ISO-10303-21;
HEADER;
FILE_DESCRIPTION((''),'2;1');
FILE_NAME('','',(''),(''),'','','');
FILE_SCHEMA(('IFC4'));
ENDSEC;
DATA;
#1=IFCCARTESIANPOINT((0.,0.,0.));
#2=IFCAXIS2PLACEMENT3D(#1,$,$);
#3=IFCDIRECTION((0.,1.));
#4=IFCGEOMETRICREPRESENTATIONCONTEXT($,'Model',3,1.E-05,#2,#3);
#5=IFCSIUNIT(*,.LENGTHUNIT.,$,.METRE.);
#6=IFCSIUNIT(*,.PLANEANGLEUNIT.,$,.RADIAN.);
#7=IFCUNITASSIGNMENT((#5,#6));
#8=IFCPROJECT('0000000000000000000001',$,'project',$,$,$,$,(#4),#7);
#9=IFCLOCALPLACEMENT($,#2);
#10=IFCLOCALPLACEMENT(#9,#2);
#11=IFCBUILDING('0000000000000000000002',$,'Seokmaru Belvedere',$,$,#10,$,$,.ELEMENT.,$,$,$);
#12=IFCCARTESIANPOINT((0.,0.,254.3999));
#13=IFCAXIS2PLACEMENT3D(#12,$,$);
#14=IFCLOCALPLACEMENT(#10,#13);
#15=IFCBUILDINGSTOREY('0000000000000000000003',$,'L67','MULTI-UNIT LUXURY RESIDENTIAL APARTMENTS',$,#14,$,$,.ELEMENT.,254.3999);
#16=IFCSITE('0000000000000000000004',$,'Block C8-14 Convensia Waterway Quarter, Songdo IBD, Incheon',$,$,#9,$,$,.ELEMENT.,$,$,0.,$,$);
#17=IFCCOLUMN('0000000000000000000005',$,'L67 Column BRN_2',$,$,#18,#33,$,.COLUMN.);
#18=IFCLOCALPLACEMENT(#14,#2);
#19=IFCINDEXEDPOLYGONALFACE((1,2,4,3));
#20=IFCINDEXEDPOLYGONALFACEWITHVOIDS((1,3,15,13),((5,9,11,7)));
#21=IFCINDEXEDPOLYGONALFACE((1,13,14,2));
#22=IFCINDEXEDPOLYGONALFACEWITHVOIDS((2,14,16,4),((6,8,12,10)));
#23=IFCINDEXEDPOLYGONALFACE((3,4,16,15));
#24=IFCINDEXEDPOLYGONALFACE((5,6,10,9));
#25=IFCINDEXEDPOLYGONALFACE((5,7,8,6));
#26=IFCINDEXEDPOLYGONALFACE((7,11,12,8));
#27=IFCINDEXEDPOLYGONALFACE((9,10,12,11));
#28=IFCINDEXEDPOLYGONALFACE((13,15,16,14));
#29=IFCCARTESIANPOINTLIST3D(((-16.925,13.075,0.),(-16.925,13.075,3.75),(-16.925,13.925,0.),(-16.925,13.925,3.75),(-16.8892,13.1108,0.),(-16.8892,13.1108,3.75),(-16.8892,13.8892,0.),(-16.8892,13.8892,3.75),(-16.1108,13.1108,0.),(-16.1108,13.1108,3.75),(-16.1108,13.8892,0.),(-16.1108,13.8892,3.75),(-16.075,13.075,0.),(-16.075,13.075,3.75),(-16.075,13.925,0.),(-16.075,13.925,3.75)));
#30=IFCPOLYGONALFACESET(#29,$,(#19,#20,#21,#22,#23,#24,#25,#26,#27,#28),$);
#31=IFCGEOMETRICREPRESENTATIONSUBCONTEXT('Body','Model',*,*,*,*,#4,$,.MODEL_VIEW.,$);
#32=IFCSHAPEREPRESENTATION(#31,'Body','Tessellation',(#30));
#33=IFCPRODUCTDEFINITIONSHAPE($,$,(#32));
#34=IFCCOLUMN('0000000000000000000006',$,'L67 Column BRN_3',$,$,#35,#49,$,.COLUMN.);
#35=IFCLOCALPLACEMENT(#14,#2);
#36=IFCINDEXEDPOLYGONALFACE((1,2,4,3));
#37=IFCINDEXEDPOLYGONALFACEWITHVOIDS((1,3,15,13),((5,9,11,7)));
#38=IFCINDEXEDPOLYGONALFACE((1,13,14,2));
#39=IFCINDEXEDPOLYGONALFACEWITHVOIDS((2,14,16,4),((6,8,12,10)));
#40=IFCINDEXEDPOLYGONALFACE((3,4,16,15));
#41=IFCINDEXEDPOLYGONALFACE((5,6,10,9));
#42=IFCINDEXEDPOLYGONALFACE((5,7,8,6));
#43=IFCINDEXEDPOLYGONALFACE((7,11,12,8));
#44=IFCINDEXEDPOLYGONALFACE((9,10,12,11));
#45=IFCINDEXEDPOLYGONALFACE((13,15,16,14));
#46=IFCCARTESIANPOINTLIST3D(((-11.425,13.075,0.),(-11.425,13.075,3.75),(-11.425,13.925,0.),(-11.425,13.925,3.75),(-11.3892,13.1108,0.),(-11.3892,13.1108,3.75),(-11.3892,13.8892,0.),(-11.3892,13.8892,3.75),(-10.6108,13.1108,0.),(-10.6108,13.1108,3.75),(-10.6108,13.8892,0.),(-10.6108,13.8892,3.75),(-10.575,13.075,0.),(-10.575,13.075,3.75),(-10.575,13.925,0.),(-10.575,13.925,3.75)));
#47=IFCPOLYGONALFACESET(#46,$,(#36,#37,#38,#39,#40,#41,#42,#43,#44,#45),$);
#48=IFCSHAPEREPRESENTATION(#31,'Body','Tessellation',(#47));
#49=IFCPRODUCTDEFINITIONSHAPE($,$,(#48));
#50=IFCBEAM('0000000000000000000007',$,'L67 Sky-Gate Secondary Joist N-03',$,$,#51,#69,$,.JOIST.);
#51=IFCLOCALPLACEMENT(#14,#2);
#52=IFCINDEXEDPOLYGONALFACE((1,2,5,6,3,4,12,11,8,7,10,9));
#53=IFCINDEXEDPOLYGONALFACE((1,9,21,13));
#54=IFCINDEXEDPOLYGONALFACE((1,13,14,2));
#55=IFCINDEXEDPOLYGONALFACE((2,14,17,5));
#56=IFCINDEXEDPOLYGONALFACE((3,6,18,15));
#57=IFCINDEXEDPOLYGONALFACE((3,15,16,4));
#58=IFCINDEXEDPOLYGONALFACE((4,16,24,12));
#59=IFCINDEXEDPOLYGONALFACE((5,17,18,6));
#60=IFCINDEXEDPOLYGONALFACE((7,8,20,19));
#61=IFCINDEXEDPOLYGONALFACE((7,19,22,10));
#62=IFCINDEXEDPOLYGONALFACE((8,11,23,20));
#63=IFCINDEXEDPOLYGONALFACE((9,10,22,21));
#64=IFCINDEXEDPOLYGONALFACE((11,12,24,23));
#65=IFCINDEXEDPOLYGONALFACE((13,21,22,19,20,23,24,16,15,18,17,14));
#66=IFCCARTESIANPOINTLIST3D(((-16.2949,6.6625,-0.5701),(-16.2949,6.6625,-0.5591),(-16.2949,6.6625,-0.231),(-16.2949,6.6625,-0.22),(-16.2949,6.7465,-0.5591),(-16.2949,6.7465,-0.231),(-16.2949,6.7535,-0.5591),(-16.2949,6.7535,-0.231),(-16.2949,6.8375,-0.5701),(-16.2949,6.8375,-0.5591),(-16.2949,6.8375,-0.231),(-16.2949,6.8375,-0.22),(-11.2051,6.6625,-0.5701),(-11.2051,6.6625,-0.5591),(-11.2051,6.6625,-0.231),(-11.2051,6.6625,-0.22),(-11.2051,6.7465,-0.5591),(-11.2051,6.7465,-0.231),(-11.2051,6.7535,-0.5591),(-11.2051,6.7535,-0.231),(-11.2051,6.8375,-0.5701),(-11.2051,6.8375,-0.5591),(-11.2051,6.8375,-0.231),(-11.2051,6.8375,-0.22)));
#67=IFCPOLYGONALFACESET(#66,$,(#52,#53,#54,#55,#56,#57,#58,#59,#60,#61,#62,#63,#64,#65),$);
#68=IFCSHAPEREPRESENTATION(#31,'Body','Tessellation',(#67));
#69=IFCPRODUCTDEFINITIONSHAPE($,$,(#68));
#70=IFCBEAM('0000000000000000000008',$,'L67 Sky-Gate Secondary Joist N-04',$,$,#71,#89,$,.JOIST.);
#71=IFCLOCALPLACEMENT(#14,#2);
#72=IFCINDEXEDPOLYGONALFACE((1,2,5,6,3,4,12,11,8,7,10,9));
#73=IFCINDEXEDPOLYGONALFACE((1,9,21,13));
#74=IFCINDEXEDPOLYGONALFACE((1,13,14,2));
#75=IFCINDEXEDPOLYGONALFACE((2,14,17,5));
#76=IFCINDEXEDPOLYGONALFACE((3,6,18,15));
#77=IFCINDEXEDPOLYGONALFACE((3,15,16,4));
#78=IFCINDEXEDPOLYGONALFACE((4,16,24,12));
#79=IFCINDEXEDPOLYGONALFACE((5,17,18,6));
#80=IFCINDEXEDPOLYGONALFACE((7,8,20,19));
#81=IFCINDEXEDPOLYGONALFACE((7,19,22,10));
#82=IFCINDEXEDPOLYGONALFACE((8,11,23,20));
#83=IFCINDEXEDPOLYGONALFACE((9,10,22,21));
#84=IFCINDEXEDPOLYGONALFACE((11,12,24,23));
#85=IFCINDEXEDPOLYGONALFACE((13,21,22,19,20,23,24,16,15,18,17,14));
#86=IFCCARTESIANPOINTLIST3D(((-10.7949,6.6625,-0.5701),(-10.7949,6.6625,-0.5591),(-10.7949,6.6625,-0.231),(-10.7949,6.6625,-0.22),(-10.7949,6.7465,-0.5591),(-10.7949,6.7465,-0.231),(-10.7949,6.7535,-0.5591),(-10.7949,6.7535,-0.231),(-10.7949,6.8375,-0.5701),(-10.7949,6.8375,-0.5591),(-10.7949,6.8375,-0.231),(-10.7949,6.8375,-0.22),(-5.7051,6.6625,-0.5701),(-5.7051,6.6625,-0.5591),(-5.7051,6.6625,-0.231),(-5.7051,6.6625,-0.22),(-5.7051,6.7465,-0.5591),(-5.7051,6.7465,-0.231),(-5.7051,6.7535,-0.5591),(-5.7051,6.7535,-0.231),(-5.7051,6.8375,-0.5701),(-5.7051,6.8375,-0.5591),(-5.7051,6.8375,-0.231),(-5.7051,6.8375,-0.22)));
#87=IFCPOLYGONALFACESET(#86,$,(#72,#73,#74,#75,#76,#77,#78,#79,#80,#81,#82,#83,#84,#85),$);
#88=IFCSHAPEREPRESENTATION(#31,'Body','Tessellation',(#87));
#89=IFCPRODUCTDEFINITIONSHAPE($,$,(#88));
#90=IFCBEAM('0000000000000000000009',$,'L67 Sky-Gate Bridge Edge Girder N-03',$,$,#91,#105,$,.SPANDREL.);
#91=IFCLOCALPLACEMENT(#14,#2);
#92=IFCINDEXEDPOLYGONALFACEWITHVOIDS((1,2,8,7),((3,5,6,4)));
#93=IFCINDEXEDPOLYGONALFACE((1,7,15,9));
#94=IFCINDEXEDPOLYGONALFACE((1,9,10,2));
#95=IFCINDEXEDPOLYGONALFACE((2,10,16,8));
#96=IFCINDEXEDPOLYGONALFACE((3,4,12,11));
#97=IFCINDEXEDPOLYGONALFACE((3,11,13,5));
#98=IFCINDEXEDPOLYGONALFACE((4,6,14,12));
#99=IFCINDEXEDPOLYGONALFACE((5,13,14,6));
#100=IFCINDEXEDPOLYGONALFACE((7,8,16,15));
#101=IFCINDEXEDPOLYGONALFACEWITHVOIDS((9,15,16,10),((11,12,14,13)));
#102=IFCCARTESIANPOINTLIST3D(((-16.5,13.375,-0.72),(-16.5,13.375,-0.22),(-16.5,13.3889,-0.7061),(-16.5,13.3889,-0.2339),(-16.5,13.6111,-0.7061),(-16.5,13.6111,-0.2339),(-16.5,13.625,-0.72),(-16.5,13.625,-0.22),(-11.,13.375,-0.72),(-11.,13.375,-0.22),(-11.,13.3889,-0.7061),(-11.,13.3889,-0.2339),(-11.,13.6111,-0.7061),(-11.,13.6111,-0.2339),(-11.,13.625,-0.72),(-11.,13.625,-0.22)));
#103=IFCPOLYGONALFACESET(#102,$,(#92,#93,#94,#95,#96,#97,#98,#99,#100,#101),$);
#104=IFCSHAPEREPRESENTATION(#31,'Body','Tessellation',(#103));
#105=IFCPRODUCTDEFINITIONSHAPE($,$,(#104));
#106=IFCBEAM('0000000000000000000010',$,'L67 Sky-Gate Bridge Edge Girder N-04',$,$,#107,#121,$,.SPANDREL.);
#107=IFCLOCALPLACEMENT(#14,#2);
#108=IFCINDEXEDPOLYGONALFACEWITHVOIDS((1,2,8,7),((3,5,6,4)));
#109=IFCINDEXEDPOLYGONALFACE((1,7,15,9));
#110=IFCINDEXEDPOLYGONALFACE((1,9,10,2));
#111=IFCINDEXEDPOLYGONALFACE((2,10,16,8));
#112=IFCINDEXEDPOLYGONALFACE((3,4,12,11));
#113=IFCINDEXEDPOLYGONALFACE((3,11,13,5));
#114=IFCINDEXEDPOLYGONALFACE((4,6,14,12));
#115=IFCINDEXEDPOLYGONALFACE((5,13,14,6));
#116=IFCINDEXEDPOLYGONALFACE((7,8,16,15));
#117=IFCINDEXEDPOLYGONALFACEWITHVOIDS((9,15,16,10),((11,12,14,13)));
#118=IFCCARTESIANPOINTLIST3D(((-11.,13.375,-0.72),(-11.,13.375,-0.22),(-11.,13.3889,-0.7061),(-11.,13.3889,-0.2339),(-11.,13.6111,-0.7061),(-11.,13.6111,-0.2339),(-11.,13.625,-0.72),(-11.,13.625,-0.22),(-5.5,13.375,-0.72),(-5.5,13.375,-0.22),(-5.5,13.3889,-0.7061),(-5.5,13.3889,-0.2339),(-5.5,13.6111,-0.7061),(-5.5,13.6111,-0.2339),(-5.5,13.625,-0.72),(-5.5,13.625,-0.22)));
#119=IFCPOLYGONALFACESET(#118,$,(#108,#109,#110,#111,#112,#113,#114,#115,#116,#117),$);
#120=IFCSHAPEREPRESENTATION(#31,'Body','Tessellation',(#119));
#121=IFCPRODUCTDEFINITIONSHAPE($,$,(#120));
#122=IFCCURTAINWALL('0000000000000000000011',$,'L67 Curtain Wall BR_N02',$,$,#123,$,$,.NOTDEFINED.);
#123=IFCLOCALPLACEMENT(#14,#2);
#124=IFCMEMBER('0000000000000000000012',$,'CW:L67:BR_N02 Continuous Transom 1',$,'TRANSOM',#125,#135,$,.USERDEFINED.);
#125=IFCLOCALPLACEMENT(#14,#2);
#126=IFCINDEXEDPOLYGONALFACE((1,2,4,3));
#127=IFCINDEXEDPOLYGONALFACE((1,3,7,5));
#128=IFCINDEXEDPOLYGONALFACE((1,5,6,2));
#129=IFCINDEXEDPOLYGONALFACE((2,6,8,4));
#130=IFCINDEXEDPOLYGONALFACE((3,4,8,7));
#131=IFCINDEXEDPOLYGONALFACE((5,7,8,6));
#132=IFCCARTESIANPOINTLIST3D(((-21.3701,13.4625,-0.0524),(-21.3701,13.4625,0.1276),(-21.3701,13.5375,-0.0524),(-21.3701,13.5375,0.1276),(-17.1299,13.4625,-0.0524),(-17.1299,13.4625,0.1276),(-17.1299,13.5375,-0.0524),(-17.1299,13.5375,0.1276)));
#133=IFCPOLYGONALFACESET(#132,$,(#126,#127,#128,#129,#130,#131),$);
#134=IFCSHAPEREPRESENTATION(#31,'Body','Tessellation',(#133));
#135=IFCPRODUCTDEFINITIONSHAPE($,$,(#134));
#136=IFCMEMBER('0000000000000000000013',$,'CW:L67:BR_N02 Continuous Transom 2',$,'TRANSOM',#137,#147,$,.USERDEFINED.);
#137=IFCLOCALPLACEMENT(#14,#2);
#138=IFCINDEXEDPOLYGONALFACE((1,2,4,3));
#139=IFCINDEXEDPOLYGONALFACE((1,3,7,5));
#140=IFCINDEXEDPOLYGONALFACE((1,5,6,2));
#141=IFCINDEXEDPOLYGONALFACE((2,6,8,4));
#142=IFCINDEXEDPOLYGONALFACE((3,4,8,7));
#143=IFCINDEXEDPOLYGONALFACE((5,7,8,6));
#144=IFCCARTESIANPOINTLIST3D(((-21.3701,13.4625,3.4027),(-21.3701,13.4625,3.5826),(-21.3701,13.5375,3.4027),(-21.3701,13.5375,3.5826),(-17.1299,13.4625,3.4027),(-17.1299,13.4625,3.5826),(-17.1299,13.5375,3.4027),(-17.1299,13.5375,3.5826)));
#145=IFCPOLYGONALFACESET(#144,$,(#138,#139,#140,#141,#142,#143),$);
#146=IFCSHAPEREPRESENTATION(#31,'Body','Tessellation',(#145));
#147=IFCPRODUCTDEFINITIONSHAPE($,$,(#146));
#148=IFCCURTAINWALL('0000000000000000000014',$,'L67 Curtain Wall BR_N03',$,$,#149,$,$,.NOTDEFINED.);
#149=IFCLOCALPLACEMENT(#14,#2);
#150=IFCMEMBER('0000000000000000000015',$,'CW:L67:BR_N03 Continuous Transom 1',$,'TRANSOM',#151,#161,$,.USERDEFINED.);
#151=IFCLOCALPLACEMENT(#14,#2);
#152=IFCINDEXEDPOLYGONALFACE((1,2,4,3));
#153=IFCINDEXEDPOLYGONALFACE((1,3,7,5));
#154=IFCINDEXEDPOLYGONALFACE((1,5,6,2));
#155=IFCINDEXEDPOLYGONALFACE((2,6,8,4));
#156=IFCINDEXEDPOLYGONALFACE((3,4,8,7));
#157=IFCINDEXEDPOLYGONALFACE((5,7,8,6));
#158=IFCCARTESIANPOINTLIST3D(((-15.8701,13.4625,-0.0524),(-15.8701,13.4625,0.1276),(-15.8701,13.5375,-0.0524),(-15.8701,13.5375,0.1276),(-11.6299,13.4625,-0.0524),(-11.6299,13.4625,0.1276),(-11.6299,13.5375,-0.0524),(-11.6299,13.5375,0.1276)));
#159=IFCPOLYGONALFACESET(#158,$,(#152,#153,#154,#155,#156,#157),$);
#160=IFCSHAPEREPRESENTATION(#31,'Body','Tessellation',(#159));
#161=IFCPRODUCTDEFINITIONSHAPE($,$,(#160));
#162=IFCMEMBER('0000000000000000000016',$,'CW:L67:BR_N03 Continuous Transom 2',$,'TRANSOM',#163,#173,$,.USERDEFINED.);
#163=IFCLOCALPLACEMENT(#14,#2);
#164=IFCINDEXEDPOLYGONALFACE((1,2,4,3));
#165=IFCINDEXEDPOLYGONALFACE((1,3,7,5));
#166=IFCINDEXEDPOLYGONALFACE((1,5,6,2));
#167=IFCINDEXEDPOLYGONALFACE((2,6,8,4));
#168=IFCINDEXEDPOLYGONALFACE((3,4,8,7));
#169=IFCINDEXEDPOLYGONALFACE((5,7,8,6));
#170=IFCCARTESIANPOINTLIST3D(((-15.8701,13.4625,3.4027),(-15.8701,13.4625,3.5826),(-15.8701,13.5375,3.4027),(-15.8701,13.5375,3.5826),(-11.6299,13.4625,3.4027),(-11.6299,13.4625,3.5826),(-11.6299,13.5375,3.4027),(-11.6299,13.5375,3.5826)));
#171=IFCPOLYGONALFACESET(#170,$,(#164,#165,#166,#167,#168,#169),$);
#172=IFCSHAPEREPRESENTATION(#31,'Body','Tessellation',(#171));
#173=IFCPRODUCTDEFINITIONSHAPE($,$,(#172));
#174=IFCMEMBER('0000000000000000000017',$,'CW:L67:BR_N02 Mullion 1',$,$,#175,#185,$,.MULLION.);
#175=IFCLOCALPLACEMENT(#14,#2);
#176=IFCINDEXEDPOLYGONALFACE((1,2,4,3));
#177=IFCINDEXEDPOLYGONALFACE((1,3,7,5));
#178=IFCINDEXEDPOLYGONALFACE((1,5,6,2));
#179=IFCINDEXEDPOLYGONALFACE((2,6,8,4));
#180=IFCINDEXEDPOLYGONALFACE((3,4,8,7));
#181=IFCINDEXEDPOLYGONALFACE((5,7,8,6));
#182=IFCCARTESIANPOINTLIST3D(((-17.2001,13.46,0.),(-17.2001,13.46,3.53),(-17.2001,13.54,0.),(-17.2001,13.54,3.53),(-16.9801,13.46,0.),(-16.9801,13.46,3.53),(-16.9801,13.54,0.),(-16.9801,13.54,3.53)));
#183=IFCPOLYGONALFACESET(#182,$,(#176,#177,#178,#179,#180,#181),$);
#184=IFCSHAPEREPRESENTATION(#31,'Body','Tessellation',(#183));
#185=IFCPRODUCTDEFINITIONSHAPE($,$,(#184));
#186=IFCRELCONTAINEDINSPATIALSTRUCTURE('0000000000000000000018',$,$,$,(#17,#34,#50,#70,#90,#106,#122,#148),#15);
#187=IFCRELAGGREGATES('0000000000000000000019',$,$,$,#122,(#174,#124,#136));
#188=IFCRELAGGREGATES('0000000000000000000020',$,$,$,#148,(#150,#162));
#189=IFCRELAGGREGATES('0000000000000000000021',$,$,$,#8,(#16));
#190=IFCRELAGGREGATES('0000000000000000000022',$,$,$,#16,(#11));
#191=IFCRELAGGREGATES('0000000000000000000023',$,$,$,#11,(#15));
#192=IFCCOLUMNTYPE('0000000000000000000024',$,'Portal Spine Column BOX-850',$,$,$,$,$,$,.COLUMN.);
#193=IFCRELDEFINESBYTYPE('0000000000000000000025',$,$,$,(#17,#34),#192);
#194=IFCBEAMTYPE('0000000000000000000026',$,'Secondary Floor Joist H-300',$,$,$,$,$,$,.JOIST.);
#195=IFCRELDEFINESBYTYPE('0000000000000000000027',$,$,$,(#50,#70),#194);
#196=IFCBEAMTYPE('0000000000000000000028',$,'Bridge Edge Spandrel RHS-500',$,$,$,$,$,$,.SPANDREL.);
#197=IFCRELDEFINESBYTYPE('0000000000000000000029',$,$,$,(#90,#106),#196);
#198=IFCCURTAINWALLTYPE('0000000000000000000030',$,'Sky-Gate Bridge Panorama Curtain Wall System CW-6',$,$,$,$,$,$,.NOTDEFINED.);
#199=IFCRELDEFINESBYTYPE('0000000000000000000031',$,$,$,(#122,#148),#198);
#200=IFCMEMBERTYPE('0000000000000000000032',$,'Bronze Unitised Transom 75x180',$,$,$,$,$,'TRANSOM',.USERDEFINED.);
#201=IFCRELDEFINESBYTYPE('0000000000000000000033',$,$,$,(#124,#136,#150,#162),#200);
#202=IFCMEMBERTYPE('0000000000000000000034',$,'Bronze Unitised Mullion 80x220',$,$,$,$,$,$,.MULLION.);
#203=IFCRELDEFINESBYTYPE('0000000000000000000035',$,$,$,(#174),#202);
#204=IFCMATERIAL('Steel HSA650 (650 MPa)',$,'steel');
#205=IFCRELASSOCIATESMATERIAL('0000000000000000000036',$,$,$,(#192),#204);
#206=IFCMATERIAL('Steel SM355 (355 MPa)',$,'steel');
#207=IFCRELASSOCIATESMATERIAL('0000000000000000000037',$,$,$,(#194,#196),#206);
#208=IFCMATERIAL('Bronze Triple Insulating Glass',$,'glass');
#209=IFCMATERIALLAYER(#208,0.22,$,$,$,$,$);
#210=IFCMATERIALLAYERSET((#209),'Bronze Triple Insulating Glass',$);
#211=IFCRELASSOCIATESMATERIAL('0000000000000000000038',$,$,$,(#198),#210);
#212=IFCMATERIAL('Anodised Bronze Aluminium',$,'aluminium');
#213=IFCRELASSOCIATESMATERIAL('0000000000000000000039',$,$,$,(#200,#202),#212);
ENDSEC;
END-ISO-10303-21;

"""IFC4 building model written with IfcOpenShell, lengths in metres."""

from ifc_helpers import new_model, si_unit, direction, frame, origin, origin_2d, place, context, subcontext, project, spatial, rectangle, hollow_rectangle, i_section, extrude, source, transform, mapped, material, layer, layer_set, material_profile, profile_set, type_object, type_shapes, element, aggregate, save


model = new_model("IFC4")

# Units and contexts
model_context = context("Model", 3, precision=1e-05, world=origin(), true_north=direction((0.0, 1.0)))
body_context = subcontext(model_context, "Body", "Model", "MODEL_VIEW")
ifc_project = project(units=[si_unit("LENGTHUNIT", "METRE"), si_unit("PLANEANGLEUNIT", "RADIAN")], contexts=[model_context])

# Site, building, storey
site_placement = place(None, origin())
site = spatial("IfcSite", under=ifc_project, at=site_placement, Name="Block C8-14 Convensia Waterway Quarter, Songdo IBD, Incheon", CompositionType="ELEMENT", RefElevation=0.0)
building_placement = place(site_placement, origin())
building = spatial("IfcBuilding", under=site, at=building_placement, Name="Seokmaru Belvedere", CompositionType="ELEMENT")
storey_placement = place(building_placement, frame((0.0, 0.0, 254.3999)))
storey = spatial("IfcBuildingStorey", under=building, at=storey_placement, Name="L67", Description="MULTI-UNIT LUXURY RESIDENTIAL APARTMENTS", CompositionType="ELEMENT", Elevation=254.3999)

# Columns
ifc_material_1 = material(Name="Steel HSA650 (650 MPa)", Category="steel")
ifc_material_profile_1 = material_profile(ifc_material_1, hollow_rectangle(XDim=0.8501, YDim=0.8501, WallThickness=0.0359, at=origin_2d()), Name="BOX-850x850x36")
ifc_profile_set_1 = profile_set([ifc_material_profile_1], Name="Steel HSA650 (650 MPa)")
column_type = type_object("IfcColumnType", Name="Portal Spine Column BOX-850", PredefinedType="COLUMN", material=ifc_profile_set_1)
shared_shape_1 = source(origin(), body_context, "Body", "SweptSolid", [
    extrude(hollow_rectangle(XDim=0.8501, YDim=0.8501, WallThickness=0.0359, at=origin_2d()), origin(), (0.0, 0.0, 1.0), 3.75),
])
type_shapes(column_type, [shared_shape_1])
for number, where, z_axis, x_axis, name in (
    (1, (-16.5, 13.5, 0.0), (0.0, 0.0, 1.0), (1.0, 0.0, 0.0), "L67 Column BRN_2"),
    (2, (-11.0, 13.5, 0.0), (0.0, 0.0, 1.0), (1.0, 0.0, 0.0), "L67 Column BRN_3"),
):
    element("IfcColumn", number, at=place(storey_placement, frame(where, z_axis=z_axis, x_axis=x_axis)), inside=storey, type_object=column_type, Name=name, PredefinedType="COLUMN", context=body_context, shape_type="MappedRepresentation", body=[
        mapped(shared_shape_1, transform((0.0, 0.0, 0.0), scale=1.0)),
    ])

# Beams
ifc_material_2 = material(Name="Steel SM355 (355 MPa)", Category="steel")
ifc_material_profile_2 = material_profile(ifc_material_2, i_section(OverallWidth=0.175, OverallDepth=0.3501, WebThickness=0.0071, FlangeThickness=0.011, at=origin_2d()), Name="H-350x175x7x11")
ifc_profile_set_2 = profile_set([ifc_material_profile_2], Name="Steel SM355 (355 MPa)")
beam_type_1 = type_object("IfcBeamType", Name="Secondary Floor Joist H-300", PredefinedType="JOIST", material=ifc_profile_set_2)
shared_shape_2 = source(origin(), body_context, "Body", "SweptSolid", [
    extrude(i_section(OverallWidth=0.175, OverallDepth=0.3501, WebThickness=0.0071, FlangeThickness=0.011, at=origin_2d()), origin(), (0.0, 0.0, 1.0), 5.0898),
])
type_shapes(beam_type_1, [shared_shape_2])
for number, where, z_axis, x_axis, name in (
    (3, (-16.2949, 6.75, -0.395), (1.0, 0.0, 0.0), (0.0, 1.0, 0.0), "L67 Sky-Gate Secondary Joist N-03"),
    (4, (-10.7949, 6.75, -0.395), (1.0, 0.0, 0.0), (0.0, 1.0, 0.0), "L67 Sky-Gate Secondary Joist N-04"),
):
    element("IfcBeam", number, at=place(storey_placement, frame(where, z_axis=z_axis, x_axis=x_axis)), inside=storey, type_object=beam_type_1, Name=name, PredefinedType="JOIST", context=body_context, shape_type="MappedRepresentation", body=[
        mapped(shared_shape_2, transform((0.0, 0.0, 0.0), scale=1.0)),
    ])
ifc_material_profile_3 = material_profile(ifc_material_2, hollow_rectangle(XDim=0.25, YDim=0.5, WallThickness=0.0139, at=origin_2d()), Name="RHS-500x250x14")
ifc_profile_set_3 = profile_set([ifc_material_profile_3], Name="Steel SM355 (355 MPa)")
beam_type_2 = type_object("IfcBeamType", Name="Bridge Edge Spandrel RHS-500", PredefinedType="SPANDREL", material=ifc_profile_set_3)
shared_shape_3 = source(origin(), body_context, "Body", "SweptSolid", [
    extrude(hollow_rectangle(XDim=0.25, YDim=0.5, WallThickness=0.0139, at=origin_2d()), origin(), (0.0, 0.0, 1.0), 5.5),
])
type_shapes(beam_type_2, [shared_shape_3])
for number, where, z_axis, x_axis, name in (
    (5, (-16.5, 13.5, -0.47), (1.0, 0.0, 0.0), (0.0, 1.0, 0.0), "L67 Sky-Gate Bridge Edge Girder N-03"),
    (6, (-11.0, 13.5, -0.47), (1.0, 0.0, 0.0), (0.0, 1.0, 0.0), "L67 Sky-Gate Bridge Edge Girder N-04"),
):
    element("IfcBeam", number, at=place(storey_placement, frame(where, z_axis=z_axis, x_axis=x_axis)), inside=storey, type_object=beam_type_2, Name=name, PredefinedType="SPANDREL", context=body_context, shape_type="MappedRepresentation", body=[
        mapped(shared_shape_3, transform((0.0, 0.0, 0.0), scale=1.0)),
    ])

# Curtain walls, members
ifc_material_3 = material(Name="Bronze Triple Insulating Glass", Category="glass")
ifc_layer_1 = layer(ifc_material_3, 0.22)
ifc_layer_set_1 = layer_set([ifc_layer_1], Name="Bronze Triple Insulating Glass")
curtain_wall_type = type_object("IfcCurtainWallType", Name="Sky-Gate Bridge Panorama Curtain Wall System CW-6", PredefinedType="NOTDEFINED", material=ifc_layer_set_1)
curtain_wall_1_placement = place(storey_placement, origin())
curtain_wall_1 = element("IfcCurtainWall", 7, at=curtain_wall_1_placement, inside=storey, type_object=curtain_wall_type, Name="L67 Curtain Wall BR_N02", PredefinedType="NOTDEFINED")
ifc_material_4 = material(Name="Anodised Bronze Aluminium", Category="aluminium")
ifc_material_profile_4 = material_profile(ifc_material_4, rectangle(XDim=0.075, YDim=0.1799, at=origin_2d()), Name="CW-T-75x180")
ifc_profile_set_4 = profile_set([ifc_material_profile_4], Name="Anodised Bronze Aluminium")
member_type_1 = type_object("IfcMemberType", Name="Bronze Unitised Transom 75x180", ElementType="TRANSOM", PredefinedType="USERDEFINED", material=ifc_profile_set_4)
shared_shape_4 = source(origin(), body_context, "Body", "SweptSolid", [
    extrude(rectangle(XDim=0.075, YDim=0.1799, at=origin_2d()), origin(), (0.0, 0.0, 1.0), 4.2402),
])
type_shapes(member_type_1, [shared_shape_4])
member_1_placement = place(storey_placement, frame((-17.1299, 13.5, 0.0376), z_axis=(-1.0, 0.0, 0.0), x_axis=(0.0, -1.0, 0.0)))
member_1 = element("IfcMember", 8, at=member_1_placement, type_object=member_type_1, Name="CW:L67:BR_N02 Continuous Transom 1", ObjectType="TRANSOM", PredefinedType="USERDEFINED", context=body_context, shape_type="MappedRepresentation", body=[
    mapped(shared_shape_4, transform((0.0, 0.0, 0.0), scale=1.0)),
])
member_2_placement = place(storey_placement, frame((-17.1299, 13.5, 3.4927), z_axis=(-1.0, 0.0, 0.0), x_axis=(0.0, -1.0, 0.0)))
member_2 = element("IfcMember", 9, at=member_2_placement, type_object=member_type_1, Name="CW:L67:BR_N02 Continuous Transom 2", ObjectType="TRANSOM", PredefinedType="USERDEFINED", context=body_context, shape_type="MappedRepresentation", body=[
    mapped(shared_shape_4, transform((0.0, 0.0, 0.0), scale=1.0)),
])
curtain_wall_2_placement = place(storey_placement, origin())
curtain_wall_2 = element("IfcCurtainWall", 10, at=curtain_wall_2_placement, inside=storey, type_object=curtain_wall_type, Name="L67 Curtain Wall BR_N03", PredefinedType="NOTDEFINED")
member_3_placement = place(storey_placement, frame((-11.6299, 13.5, 0.0376), z_axis=(-1.0, 0.0, 0.0), x_axis=(0.0, -1.0, 0.0)))
member_3 = element("IfcMember", 11, at=member_3_placement, type_object=member_type_1, Name="CW:L67:BR_N03 Continuous Transom 1", ObjectType="TRANSOM", PredefinedType="USERDEFINED", context=body_context, shape_type="MappedRepresentation", body=[
    mapped(shared_shape_4, transform((0.0, 0.0, 0.0), scale=1.0)),
])
member_4_placement = place(storey_placement, frame((-11.6299, 13.5, 3.4927), z_axis=(-1.0, 0.0, 0.0), x_axis=(0.0, -1.0, 0.0)))
member_4 = element("IfcMember", 12, at=member_4_placement, type_object=member_type_1, Name="CW:L67:BR_N03 Continuous Transom 2", ObjectType="TRANSOM", PredefinedType="USERDEFINED", context=body_context, shape_type="MappedRepresentation", body=[
    mapped(shared_shape_4, transform((0.0, 0.0, 0.0), scale=1.0)),
])

# Member
ifc_material_profile_5 = material_profile(ifc_material_4, rectangle(XDim=0.0801, YDim=0.22, at=origin_2d()), Name="CW-M-80x220")
ifc_profile_set_5 = profile_set([ifc_material_profile_5], Name="Anodised Bronze Aluminium")
member_type_2 = type_object("IfcMemberType", Name="Bronze Unitised Mullion 80x220", PredefinedType="MULLION", material=ifc_profile_set_5)
shared_shape_5 = source(origin(), body_context, "Body", "SweptSolid", [
    extrude(rectangle(XDim=0.0801, YDim=0.22, at=origin_2d()), origin(), (0.0, 0.0, 1.0), 3.53),
])
type_shapes(member_type_2, [shared_shape_5])
member_5_placement = place(storey_placement, frame((-17.0901, 13.5, 0.0), z_axis=(0.0, 0.0, 1.0), x_axis=(0.0, -1.0, 0.0)))
member_5 = element("IfcMember", 13, at=member_5_placement, type_object=member_type_2, Name="CW:L67:BR_N02 Mullion 1", PredefinedType="MULLION", context=body_context, shape_type="MappedRepresentation", body=[
    mapped(shared_shape_5, transform((0.0, 0.0, 0.0), scale=1.0)),
])

aggregate(curtain_wall_1, [member_5, member_1, member_2])
aggregate(curtain_wall_2, [member_3, member_4])

save(model, "model.ifc")
